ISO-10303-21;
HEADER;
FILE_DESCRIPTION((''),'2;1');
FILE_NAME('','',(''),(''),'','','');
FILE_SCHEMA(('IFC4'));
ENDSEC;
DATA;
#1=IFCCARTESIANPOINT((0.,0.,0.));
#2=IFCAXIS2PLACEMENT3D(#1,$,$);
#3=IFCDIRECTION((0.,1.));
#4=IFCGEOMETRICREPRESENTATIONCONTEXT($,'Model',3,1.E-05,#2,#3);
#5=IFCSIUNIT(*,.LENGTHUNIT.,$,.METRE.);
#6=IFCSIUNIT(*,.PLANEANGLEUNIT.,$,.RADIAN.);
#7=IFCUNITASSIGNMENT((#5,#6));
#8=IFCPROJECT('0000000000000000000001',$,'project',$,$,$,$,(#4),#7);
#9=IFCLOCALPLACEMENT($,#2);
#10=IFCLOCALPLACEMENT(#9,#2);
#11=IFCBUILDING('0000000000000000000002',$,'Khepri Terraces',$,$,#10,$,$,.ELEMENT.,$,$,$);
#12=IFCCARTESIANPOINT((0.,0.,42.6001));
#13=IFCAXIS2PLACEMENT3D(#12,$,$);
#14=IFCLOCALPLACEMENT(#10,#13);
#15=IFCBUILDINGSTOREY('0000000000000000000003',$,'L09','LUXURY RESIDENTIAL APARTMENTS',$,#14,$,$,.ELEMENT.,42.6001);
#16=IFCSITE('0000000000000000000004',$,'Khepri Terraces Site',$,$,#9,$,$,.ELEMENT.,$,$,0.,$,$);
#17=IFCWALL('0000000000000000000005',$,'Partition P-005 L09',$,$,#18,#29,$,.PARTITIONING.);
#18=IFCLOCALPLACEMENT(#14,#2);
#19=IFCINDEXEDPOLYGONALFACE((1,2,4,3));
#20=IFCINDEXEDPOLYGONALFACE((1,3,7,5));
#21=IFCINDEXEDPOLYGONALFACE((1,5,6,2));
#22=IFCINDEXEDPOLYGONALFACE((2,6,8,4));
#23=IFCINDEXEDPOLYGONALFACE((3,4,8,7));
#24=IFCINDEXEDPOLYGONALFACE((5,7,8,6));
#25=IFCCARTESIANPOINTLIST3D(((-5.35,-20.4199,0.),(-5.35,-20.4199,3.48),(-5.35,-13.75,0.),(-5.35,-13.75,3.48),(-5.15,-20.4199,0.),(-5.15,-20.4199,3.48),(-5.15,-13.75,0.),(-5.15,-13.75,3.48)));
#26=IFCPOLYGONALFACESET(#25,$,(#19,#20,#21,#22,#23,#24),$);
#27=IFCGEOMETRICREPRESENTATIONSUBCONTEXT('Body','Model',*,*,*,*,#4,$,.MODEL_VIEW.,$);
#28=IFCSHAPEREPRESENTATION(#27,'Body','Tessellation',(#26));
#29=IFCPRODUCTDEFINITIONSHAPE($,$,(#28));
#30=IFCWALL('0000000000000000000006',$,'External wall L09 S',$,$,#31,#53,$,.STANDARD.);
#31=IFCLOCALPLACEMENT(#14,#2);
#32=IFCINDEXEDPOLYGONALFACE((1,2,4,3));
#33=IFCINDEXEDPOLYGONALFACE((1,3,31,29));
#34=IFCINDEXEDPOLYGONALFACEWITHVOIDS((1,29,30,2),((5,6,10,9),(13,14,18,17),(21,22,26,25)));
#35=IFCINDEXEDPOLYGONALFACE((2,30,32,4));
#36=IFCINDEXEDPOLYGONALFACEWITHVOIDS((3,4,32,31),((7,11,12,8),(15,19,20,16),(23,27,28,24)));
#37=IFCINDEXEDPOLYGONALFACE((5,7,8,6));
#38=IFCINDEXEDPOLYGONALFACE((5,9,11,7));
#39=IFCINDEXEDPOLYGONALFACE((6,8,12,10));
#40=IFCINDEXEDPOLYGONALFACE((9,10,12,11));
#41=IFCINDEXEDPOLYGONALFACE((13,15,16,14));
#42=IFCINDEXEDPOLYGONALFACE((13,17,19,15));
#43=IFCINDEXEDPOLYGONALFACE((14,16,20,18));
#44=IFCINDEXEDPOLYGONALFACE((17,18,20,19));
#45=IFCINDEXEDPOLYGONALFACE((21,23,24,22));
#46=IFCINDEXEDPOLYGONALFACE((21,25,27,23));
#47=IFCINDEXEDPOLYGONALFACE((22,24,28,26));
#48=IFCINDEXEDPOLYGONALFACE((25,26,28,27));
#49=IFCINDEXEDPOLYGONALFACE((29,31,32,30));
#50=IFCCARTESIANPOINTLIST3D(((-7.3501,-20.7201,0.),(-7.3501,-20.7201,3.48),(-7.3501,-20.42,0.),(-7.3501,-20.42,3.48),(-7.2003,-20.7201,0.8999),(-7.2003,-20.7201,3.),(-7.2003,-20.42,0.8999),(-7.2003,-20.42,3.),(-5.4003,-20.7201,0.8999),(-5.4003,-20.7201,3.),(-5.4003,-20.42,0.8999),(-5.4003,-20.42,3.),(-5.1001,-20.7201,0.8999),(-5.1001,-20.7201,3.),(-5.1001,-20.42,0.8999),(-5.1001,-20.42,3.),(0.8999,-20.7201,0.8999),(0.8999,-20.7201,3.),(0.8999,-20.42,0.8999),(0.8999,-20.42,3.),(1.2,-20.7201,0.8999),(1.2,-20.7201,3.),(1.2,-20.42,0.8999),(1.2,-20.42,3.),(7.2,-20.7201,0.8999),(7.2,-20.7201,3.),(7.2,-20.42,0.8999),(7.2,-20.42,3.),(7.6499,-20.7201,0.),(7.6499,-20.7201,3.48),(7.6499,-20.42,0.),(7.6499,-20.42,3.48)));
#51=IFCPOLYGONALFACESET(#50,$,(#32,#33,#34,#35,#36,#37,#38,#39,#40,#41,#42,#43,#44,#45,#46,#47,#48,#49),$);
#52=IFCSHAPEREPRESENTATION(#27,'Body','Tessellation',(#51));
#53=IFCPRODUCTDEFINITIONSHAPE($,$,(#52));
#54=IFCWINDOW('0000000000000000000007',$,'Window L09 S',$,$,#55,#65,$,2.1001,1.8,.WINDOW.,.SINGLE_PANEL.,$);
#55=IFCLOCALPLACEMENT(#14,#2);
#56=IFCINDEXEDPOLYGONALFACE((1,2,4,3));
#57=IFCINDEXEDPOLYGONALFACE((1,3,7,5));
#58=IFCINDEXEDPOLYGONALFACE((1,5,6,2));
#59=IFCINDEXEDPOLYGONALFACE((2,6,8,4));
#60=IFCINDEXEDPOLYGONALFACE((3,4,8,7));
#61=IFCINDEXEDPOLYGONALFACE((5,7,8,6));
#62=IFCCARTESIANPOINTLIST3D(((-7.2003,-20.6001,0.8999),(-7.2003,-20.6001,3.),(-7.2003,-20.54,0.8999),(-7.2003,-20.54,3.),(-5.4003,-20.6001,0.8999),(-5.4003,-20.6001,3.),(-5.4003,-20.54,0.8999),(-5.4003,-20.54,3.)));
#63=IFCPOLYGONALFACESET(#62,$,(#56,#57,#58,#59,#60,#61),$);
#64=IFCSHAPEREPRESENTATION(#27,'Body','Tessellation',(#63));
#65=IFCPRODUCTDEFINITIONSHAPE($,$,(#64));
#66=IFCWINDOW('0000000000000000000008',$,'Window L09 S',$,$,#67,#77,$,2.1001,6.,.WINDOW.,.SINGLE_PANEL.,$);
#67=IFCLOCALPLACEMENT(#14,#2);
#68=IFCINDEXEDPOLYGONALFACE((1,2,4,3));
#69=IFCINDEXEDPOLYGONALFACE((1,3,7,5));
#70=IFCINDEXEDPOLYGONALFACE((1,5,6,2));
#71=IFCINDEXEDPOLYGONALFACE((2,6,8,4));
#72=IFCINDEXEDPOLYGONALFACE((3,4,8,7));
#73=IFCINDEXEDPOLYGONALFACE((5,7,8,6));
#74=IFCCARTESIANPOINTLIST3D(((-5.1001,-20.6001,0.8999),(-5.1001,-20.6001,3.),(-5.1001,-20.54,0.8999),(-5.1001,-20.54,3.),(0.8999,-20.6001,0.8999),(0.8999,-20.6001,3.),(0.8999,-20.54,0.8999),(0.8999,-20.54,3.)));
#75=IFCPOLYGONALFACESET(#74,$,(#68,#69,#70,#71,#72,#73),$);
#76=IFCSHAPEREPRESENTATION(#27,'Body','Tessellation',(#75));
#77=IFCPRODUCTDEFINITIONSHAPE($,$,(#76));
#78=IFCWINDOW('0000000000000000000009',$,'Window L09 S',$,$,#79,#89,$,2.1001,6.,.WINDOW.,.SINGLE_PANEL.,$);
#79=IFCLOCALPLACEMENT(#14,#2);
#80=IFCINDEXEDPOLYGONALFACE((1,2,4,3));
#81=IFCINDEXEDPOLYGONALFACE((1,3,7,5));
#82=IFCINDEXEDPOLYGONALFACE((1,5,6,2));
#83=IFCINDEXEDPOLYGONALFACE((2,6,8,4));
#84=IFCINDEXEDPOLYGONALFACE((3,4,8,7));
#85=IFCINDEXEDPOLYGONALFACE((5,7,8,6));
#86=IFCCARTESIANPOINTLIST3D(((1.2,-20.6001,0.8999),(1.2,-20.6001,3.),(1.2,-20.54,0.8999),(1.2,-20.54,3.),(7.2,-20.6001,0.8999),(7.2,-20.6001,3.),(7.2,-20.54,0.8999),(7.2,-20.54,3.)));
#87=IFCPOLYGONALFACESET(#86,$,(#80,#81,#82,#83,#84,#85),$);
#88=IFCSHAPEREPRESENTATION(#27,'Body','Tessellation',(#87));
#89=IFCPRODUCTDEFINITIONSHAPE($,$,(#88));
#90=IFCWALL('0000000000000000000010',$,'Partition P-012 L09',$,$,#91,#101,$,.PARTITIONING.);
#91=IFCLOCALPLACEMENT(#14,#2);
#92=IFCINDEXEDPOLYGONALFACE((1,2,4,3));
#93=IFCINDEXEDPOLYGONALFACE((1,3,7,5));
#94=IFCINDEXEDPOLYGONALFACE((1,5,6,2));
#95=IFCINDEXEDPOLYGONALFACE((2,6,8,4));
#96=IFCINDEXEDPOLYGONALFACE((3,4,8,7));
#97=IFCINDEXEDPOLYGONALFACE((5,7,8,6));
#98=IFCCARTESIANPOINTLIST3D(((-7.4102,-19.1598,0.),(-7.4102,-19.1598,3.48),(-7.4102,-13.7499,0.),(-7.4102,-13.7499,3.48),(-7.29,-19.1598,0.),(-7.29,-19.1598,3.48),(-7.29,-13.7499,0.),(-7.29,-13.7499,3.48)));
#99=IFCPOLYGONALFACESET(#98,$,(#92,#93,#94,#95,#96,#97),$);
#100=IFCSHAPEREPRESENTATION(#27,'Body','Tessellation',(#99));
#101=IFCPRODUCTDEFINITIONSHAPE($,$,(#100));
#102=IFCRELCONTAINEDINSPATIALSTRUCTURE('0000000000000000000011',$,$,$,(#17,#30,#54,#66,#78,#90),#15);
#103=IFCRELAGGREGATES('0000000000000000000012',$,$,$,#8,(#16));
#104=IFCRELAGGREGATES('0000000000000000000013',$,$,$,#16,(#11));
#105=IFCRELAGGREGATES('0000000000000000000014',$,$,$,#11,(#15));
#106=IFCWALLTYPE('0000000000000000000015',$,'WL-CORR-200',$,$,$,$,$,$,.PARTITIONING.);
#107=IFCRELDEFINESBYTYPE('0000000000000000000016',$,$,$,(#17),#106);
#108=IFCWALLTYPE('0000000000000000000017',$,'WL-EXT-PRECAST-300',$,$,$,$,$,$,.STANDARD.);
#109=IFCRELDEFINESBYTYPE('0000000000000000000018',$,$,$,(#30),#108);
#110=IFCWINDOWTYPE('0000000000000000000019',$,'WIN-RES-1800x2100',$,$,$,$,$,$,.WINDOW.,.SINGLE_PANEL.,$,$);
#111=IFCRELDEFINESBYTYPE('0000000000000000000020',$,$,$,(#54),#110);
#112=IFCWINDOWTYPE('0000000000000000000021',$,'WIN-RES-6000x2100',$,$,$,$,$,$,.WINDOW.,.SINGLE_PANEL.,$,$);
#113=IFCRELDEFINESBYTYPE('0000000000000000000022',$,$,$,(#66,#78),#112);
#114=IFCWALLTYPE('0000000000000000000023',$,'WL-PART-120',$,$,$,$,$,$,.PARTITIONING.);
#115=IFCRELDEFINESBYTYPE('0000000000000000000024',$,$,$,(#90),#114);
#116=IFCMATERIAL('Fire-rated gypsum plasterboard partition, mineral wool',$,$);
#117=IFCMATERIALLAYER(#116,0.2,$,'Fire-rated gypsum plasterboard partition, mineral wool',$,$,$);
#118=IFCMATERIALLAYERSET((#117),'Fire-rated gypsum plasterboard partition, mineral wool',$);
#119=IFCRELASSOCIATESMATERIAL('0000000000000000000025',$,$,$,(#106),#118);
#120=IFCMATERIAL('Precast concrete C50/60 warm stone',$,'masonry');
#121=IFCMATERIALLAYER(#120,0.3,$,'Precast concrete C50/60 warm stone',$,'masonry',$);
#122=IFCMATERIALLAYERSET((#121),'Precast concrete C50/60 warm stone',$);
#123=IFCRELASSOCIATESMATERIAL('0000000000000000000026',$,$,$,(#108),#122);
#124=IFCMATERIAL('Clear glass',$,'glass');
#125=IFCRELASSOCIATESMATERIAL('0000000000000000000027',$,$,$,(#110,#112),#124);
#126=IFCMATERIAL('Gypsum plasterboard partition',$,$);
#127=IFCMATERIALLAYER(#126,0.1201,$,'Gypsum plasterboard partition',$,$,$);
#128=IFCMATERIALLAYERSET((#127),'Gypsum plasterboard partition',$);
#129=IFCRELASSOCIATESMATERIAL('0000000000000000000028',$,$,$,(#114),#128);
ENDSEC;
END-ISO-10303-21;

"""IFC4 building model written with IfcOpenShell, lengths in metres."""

from ifc_helpers import new_model, si_unit, direction, frame, frame_2d, origin, place, context, subcontext, project, spatial, rectangle, extrude, material, layer, layer_set, type_object, element, fill, save


model = new_model("IFC4")

# Units and contexts
model_context = context("Model", 3, precision=1e-05, world=origin(), true_north=direction((0.0, 1.0)))
body_context = subcontext(model_context, "Body", "Model", "MODEL_VIEW")
ifc_project = project(units=[si_unit("LENGTHUNIT", "METRE"), si_unit("PLANEANGLEUNIT", "RADIAN")], contexts=[model_context])

# Site, building, storey
site_placement = place(None, origin())
site = spatial("IfcSite", under=ifc_project, at=site_placement, Name="Khepri Terraces Site", CompositionType="ELEMENT", RefElevation=0.0)
building_placement = place(site_placement, origin())
building = spatial("IfcBuilding", under=site, at=building_placement, Name="Khepri Terraces", CompositionType="ELEMENT")
storey_placement = place(building_placement, frame((0.0, 0.0, 42.6001)))
storey = spatial("IfcBuildingStorey", under=building, at=storey_placement, Name="L09", Description="LUXURY RESIDENTIAL APARTMENTS", CompositionType="ELEMENT", Elevation=42.6001)

# Wall
ifc_material_1 = material(Name="Fire-rated gypsum plasterboard partition, mineral wool")
ifc_layer_1 = layer(ifc_material_1, 0.2, Name="Fire-rated gypsum plasterboard partition, mineral wool")
ifc_layer_set_1 = layer_set([ifc_layer_1], Name="Fire-rated gypsum plasterboard partition, mineral wool")
wall_type_1 = type_object("IfcWallType", Name="WL-CORR-200", PredefinedType="PARTITIONING", material=ifc_layer_set_1)
wall_1_placement = place(storey_placement, frame((-5.25, -20.4199, 0.0), z_axis=(0.0, 0.0, 1.0), x_axis=(0.0, 1.0, 0.0)))
element("IfcWall", 1, at=wall_1_placement, inside=storey, type_object=wall_type_1, Name="Partition P-005 L09", PredefinedType="PARTITIONING", context=body_context, shape_type="SweptSolid", body=[
    extrude(rectangle(XDim=6.6699, YDim=0.2, at=frame_2d((3.335, 0.0))), origin(), (0.0, 0.0, 1.0), 3.48),
])

# Shared definitions
ifc_material_2 = material(Name="Precast concrete C50/60 warm stone", Category="masonry")
ifc_layer_2 = layer(ifc_material_2, 0.3, Name="Precast concrete C50/60 warm stone", Category="masonry")
ifc_layer_set_2 = layer_set([ifc_layer_2], Name="Precast concrete C50/60 warm stone")
wall_type_2 = type_object("IfcWallType", Name="WL-EXT-PRECAST-300", PredefinedType="STANDARD", material=ifc_layer_set_2)

# Wall, openings, windows
wall_2_placement = place(storey_placement, frame((-7.3501, -20.5701, 0.0), z_axis=(0.0, 0.0, 1.0), x_axis=(1.0, 0.0, 0.0)))
wall_2 = element("IfcWall", 2, at=wall_2_placement, inside=storey, type_object=wall_type_2, Name="External wall L09 S", PredefinedType="STANDARD", context=body_context, shape_type="SweptSolid", body=[
    extrude(rectangle(XDim=15.0, YDim=0.3, at=frame_2d((7.5, 0.0))), origin(), (0.0, 0.0, 1.0), 3.48),
])
opening_1_placement = place(wall_2_placement, frame((0.1499, 0.0, 0.8999)))
opening_1 = element("IfcOpeningElement", 3, at=opening_1_placement, cuts=wall_2, PredefinedType="OPENING", context=body_context, shape_type="SweptSolid", body=[
    extrude(rectangle(XDim=1.8, YDim=2.1001, at=frame_2d((0.8999, 1.05))), frame((0.0, 0.1602, 0.0), z_axis=(0.0, -1.0, 0.0), x_axis=(1.0, 0.0, 0.0)), (0.0, 0.0, 1.0), 0.3201),
])
opening_2_placement = place(wall_2_placement, frame((2.25, 0.0, 0.8999)))
opening_2 = element("IfcOpeningElement", 4, at=opening_2_placement, cuts=wall_2, PredefinedType="OPENING", context=body_context, shape_type="SweptSolid", body=[
    extrude(rectangle(XDim=6.0, YDim=2.1001, at=frame_2d((3.0, 1.05))), frame((0.0, 0.1602, 0.0), z_axis=(0.0, -1.0, 0.0), x_axis=(1.0, 0.0, 0.0)), (0.0, 0.0, 1.0), 0.3201),
])
opening_3_placement = place(wall_2_placement, frame((8.55, 0.0, 0.8999)))
opening_3 = element("IfcOpeningElement", 5, at=opening_3_placement, cuts=wall_2, PredefinedType="OPENING", context=body_context, shape_type="SweptSolid", body=[
    extrude(rectangle(XDim=6.0, YDim=2.1001, at=frame_2d((3.0, 1.05))), frame((0.0, 0.1602, 0.0), z_axis=(0.0, -1.0, 0.0), x_axis=(1.0, 0.0, 0.0)), (0.0, 0.0, 1.0), 0.3201),
])
ifc_material_3 = material(Name="Clear glass", Category="glass")
window_type_1 = type_object("IfcWindowType", Name="WIN-RES-1800x2100", PartitioningType="SINGLE_PANEL", PredefinedType="WINDOW", material=ifc_material_3)
window_1_placement = place(opening_1_placement, origin())
window_1 = element("IfcWindow", 6, at=window_1_placement, inside=storey, type_object=window_type_1, Name="Window L09 S", OverallHeight=2.1001, OverallWidth=1.8, PartitioningType="SINGLE_PANEL", PredefinedType="WINDOW", context=body_context, shape_type="SweptSolid", body=[
    extrude(rectangle(XDim=1.8, YDim=2.1001, at=frame_2d((0.8999, 1.05))), frame((0.0, 0.03, 0.0), z_axis=(0.0, -1.0, 0.0), x_axis=(1.0, 0.0, 0.0)), (0.0, 0.0, 1.0), 0.0601),
])
fill(opening_1, window_1)
window_type_2 = type_object("IfcWindowType", Name="WIN-RES-6000x2100", PartitioningType="SINGLE_PANEL", PredefinedType="WINDOW", material=ifc_material_3)
window_2_placement = place(opening_2_placement, origin())
window_2 = element("IfcWindow", 7, at=window_2_placement, inside=storey, type_object=window_type_2, Name="Window L09 S", OverallHeight=2.1001, OverallWidth=6.0, PartitioningType="SINGLE_PANEL", PredefinedType="WINDOW", context=body_context, shape_type="SweptSolid", body=[
    extrude(rectangle(XDim=6.0, YDim=2.1001, at=frame_2d((3.0, 1.05))), frame((0.0, 0.03, 0.0), z_axis=(0.0, -1.0, 0.0), x_axis=(1.0, 0.0, 0.0)), (0.0, 0.0, 1.0), 0.0601),
])
fill(opening_2, window_2)
window_3_placement = place(opening_3_placement, origin())
window_3 = element("IfcWindow", 8, at=window_3_placement, inside=storey, type_object=window_type_2, Name="Window L09 S", OverallHeight=2.1001, OverallWidth=6.0, PartitioningType="SINGLE_PANEL", PredefinedType="WINDOW", context=body_context, shape_type="SweptSolid", body=[
    extrude(rectangle(XDim=6.0, YDim=2.1001, at=frame_2d((3.0, 1.05))), frame((0.0, 0.03, 0.0), z_axis=(0.0, -1.0, 0.0), x_axis=(1.0, 0.0, 0.0)), (0.0, 0.0, 1.0), 0.0601),
])
fill(opening_3, window_3)

# Wall
ifc_material_4 = material(Name="Gypsum plasterboard partition")
ifc_layer_3 = layer(ifc_material_4, 0.1201, Name="Gypsum plasterboard partition")
ifc_layer_set_3 = layer_set([ifc_layer_3], Name="Gypsum plasterboard partition")
wall_type_3 = type_object("IfcWallType", Name="WL-PART-120", PredefinedType="PARTITIONING", material=ifc_layer_set_3)
wall_3_placement = place(storey_placement, frame((-7.3501, -19.1599, 0.0), z_axis=(0.0, 0.0, 1.0), x_axis=(0.0, 1.0, 0.0)))
element("IfcWall", 9, at=wall_3_placement, inside=storey, type_object=wall_type_3, Name="Partition P-012 L09", PredefinedType="PARTITIONING", context=body_context, shape_type="SweptSolid", body=[
    extrude(rectangle(XDim=5.4099, YDim=0.1201, at=frame_2d((2.7051, 0.0))), origin(), (0.0, 0.0, 1.0), 3.48),
])

save(model, "model.ifc")
